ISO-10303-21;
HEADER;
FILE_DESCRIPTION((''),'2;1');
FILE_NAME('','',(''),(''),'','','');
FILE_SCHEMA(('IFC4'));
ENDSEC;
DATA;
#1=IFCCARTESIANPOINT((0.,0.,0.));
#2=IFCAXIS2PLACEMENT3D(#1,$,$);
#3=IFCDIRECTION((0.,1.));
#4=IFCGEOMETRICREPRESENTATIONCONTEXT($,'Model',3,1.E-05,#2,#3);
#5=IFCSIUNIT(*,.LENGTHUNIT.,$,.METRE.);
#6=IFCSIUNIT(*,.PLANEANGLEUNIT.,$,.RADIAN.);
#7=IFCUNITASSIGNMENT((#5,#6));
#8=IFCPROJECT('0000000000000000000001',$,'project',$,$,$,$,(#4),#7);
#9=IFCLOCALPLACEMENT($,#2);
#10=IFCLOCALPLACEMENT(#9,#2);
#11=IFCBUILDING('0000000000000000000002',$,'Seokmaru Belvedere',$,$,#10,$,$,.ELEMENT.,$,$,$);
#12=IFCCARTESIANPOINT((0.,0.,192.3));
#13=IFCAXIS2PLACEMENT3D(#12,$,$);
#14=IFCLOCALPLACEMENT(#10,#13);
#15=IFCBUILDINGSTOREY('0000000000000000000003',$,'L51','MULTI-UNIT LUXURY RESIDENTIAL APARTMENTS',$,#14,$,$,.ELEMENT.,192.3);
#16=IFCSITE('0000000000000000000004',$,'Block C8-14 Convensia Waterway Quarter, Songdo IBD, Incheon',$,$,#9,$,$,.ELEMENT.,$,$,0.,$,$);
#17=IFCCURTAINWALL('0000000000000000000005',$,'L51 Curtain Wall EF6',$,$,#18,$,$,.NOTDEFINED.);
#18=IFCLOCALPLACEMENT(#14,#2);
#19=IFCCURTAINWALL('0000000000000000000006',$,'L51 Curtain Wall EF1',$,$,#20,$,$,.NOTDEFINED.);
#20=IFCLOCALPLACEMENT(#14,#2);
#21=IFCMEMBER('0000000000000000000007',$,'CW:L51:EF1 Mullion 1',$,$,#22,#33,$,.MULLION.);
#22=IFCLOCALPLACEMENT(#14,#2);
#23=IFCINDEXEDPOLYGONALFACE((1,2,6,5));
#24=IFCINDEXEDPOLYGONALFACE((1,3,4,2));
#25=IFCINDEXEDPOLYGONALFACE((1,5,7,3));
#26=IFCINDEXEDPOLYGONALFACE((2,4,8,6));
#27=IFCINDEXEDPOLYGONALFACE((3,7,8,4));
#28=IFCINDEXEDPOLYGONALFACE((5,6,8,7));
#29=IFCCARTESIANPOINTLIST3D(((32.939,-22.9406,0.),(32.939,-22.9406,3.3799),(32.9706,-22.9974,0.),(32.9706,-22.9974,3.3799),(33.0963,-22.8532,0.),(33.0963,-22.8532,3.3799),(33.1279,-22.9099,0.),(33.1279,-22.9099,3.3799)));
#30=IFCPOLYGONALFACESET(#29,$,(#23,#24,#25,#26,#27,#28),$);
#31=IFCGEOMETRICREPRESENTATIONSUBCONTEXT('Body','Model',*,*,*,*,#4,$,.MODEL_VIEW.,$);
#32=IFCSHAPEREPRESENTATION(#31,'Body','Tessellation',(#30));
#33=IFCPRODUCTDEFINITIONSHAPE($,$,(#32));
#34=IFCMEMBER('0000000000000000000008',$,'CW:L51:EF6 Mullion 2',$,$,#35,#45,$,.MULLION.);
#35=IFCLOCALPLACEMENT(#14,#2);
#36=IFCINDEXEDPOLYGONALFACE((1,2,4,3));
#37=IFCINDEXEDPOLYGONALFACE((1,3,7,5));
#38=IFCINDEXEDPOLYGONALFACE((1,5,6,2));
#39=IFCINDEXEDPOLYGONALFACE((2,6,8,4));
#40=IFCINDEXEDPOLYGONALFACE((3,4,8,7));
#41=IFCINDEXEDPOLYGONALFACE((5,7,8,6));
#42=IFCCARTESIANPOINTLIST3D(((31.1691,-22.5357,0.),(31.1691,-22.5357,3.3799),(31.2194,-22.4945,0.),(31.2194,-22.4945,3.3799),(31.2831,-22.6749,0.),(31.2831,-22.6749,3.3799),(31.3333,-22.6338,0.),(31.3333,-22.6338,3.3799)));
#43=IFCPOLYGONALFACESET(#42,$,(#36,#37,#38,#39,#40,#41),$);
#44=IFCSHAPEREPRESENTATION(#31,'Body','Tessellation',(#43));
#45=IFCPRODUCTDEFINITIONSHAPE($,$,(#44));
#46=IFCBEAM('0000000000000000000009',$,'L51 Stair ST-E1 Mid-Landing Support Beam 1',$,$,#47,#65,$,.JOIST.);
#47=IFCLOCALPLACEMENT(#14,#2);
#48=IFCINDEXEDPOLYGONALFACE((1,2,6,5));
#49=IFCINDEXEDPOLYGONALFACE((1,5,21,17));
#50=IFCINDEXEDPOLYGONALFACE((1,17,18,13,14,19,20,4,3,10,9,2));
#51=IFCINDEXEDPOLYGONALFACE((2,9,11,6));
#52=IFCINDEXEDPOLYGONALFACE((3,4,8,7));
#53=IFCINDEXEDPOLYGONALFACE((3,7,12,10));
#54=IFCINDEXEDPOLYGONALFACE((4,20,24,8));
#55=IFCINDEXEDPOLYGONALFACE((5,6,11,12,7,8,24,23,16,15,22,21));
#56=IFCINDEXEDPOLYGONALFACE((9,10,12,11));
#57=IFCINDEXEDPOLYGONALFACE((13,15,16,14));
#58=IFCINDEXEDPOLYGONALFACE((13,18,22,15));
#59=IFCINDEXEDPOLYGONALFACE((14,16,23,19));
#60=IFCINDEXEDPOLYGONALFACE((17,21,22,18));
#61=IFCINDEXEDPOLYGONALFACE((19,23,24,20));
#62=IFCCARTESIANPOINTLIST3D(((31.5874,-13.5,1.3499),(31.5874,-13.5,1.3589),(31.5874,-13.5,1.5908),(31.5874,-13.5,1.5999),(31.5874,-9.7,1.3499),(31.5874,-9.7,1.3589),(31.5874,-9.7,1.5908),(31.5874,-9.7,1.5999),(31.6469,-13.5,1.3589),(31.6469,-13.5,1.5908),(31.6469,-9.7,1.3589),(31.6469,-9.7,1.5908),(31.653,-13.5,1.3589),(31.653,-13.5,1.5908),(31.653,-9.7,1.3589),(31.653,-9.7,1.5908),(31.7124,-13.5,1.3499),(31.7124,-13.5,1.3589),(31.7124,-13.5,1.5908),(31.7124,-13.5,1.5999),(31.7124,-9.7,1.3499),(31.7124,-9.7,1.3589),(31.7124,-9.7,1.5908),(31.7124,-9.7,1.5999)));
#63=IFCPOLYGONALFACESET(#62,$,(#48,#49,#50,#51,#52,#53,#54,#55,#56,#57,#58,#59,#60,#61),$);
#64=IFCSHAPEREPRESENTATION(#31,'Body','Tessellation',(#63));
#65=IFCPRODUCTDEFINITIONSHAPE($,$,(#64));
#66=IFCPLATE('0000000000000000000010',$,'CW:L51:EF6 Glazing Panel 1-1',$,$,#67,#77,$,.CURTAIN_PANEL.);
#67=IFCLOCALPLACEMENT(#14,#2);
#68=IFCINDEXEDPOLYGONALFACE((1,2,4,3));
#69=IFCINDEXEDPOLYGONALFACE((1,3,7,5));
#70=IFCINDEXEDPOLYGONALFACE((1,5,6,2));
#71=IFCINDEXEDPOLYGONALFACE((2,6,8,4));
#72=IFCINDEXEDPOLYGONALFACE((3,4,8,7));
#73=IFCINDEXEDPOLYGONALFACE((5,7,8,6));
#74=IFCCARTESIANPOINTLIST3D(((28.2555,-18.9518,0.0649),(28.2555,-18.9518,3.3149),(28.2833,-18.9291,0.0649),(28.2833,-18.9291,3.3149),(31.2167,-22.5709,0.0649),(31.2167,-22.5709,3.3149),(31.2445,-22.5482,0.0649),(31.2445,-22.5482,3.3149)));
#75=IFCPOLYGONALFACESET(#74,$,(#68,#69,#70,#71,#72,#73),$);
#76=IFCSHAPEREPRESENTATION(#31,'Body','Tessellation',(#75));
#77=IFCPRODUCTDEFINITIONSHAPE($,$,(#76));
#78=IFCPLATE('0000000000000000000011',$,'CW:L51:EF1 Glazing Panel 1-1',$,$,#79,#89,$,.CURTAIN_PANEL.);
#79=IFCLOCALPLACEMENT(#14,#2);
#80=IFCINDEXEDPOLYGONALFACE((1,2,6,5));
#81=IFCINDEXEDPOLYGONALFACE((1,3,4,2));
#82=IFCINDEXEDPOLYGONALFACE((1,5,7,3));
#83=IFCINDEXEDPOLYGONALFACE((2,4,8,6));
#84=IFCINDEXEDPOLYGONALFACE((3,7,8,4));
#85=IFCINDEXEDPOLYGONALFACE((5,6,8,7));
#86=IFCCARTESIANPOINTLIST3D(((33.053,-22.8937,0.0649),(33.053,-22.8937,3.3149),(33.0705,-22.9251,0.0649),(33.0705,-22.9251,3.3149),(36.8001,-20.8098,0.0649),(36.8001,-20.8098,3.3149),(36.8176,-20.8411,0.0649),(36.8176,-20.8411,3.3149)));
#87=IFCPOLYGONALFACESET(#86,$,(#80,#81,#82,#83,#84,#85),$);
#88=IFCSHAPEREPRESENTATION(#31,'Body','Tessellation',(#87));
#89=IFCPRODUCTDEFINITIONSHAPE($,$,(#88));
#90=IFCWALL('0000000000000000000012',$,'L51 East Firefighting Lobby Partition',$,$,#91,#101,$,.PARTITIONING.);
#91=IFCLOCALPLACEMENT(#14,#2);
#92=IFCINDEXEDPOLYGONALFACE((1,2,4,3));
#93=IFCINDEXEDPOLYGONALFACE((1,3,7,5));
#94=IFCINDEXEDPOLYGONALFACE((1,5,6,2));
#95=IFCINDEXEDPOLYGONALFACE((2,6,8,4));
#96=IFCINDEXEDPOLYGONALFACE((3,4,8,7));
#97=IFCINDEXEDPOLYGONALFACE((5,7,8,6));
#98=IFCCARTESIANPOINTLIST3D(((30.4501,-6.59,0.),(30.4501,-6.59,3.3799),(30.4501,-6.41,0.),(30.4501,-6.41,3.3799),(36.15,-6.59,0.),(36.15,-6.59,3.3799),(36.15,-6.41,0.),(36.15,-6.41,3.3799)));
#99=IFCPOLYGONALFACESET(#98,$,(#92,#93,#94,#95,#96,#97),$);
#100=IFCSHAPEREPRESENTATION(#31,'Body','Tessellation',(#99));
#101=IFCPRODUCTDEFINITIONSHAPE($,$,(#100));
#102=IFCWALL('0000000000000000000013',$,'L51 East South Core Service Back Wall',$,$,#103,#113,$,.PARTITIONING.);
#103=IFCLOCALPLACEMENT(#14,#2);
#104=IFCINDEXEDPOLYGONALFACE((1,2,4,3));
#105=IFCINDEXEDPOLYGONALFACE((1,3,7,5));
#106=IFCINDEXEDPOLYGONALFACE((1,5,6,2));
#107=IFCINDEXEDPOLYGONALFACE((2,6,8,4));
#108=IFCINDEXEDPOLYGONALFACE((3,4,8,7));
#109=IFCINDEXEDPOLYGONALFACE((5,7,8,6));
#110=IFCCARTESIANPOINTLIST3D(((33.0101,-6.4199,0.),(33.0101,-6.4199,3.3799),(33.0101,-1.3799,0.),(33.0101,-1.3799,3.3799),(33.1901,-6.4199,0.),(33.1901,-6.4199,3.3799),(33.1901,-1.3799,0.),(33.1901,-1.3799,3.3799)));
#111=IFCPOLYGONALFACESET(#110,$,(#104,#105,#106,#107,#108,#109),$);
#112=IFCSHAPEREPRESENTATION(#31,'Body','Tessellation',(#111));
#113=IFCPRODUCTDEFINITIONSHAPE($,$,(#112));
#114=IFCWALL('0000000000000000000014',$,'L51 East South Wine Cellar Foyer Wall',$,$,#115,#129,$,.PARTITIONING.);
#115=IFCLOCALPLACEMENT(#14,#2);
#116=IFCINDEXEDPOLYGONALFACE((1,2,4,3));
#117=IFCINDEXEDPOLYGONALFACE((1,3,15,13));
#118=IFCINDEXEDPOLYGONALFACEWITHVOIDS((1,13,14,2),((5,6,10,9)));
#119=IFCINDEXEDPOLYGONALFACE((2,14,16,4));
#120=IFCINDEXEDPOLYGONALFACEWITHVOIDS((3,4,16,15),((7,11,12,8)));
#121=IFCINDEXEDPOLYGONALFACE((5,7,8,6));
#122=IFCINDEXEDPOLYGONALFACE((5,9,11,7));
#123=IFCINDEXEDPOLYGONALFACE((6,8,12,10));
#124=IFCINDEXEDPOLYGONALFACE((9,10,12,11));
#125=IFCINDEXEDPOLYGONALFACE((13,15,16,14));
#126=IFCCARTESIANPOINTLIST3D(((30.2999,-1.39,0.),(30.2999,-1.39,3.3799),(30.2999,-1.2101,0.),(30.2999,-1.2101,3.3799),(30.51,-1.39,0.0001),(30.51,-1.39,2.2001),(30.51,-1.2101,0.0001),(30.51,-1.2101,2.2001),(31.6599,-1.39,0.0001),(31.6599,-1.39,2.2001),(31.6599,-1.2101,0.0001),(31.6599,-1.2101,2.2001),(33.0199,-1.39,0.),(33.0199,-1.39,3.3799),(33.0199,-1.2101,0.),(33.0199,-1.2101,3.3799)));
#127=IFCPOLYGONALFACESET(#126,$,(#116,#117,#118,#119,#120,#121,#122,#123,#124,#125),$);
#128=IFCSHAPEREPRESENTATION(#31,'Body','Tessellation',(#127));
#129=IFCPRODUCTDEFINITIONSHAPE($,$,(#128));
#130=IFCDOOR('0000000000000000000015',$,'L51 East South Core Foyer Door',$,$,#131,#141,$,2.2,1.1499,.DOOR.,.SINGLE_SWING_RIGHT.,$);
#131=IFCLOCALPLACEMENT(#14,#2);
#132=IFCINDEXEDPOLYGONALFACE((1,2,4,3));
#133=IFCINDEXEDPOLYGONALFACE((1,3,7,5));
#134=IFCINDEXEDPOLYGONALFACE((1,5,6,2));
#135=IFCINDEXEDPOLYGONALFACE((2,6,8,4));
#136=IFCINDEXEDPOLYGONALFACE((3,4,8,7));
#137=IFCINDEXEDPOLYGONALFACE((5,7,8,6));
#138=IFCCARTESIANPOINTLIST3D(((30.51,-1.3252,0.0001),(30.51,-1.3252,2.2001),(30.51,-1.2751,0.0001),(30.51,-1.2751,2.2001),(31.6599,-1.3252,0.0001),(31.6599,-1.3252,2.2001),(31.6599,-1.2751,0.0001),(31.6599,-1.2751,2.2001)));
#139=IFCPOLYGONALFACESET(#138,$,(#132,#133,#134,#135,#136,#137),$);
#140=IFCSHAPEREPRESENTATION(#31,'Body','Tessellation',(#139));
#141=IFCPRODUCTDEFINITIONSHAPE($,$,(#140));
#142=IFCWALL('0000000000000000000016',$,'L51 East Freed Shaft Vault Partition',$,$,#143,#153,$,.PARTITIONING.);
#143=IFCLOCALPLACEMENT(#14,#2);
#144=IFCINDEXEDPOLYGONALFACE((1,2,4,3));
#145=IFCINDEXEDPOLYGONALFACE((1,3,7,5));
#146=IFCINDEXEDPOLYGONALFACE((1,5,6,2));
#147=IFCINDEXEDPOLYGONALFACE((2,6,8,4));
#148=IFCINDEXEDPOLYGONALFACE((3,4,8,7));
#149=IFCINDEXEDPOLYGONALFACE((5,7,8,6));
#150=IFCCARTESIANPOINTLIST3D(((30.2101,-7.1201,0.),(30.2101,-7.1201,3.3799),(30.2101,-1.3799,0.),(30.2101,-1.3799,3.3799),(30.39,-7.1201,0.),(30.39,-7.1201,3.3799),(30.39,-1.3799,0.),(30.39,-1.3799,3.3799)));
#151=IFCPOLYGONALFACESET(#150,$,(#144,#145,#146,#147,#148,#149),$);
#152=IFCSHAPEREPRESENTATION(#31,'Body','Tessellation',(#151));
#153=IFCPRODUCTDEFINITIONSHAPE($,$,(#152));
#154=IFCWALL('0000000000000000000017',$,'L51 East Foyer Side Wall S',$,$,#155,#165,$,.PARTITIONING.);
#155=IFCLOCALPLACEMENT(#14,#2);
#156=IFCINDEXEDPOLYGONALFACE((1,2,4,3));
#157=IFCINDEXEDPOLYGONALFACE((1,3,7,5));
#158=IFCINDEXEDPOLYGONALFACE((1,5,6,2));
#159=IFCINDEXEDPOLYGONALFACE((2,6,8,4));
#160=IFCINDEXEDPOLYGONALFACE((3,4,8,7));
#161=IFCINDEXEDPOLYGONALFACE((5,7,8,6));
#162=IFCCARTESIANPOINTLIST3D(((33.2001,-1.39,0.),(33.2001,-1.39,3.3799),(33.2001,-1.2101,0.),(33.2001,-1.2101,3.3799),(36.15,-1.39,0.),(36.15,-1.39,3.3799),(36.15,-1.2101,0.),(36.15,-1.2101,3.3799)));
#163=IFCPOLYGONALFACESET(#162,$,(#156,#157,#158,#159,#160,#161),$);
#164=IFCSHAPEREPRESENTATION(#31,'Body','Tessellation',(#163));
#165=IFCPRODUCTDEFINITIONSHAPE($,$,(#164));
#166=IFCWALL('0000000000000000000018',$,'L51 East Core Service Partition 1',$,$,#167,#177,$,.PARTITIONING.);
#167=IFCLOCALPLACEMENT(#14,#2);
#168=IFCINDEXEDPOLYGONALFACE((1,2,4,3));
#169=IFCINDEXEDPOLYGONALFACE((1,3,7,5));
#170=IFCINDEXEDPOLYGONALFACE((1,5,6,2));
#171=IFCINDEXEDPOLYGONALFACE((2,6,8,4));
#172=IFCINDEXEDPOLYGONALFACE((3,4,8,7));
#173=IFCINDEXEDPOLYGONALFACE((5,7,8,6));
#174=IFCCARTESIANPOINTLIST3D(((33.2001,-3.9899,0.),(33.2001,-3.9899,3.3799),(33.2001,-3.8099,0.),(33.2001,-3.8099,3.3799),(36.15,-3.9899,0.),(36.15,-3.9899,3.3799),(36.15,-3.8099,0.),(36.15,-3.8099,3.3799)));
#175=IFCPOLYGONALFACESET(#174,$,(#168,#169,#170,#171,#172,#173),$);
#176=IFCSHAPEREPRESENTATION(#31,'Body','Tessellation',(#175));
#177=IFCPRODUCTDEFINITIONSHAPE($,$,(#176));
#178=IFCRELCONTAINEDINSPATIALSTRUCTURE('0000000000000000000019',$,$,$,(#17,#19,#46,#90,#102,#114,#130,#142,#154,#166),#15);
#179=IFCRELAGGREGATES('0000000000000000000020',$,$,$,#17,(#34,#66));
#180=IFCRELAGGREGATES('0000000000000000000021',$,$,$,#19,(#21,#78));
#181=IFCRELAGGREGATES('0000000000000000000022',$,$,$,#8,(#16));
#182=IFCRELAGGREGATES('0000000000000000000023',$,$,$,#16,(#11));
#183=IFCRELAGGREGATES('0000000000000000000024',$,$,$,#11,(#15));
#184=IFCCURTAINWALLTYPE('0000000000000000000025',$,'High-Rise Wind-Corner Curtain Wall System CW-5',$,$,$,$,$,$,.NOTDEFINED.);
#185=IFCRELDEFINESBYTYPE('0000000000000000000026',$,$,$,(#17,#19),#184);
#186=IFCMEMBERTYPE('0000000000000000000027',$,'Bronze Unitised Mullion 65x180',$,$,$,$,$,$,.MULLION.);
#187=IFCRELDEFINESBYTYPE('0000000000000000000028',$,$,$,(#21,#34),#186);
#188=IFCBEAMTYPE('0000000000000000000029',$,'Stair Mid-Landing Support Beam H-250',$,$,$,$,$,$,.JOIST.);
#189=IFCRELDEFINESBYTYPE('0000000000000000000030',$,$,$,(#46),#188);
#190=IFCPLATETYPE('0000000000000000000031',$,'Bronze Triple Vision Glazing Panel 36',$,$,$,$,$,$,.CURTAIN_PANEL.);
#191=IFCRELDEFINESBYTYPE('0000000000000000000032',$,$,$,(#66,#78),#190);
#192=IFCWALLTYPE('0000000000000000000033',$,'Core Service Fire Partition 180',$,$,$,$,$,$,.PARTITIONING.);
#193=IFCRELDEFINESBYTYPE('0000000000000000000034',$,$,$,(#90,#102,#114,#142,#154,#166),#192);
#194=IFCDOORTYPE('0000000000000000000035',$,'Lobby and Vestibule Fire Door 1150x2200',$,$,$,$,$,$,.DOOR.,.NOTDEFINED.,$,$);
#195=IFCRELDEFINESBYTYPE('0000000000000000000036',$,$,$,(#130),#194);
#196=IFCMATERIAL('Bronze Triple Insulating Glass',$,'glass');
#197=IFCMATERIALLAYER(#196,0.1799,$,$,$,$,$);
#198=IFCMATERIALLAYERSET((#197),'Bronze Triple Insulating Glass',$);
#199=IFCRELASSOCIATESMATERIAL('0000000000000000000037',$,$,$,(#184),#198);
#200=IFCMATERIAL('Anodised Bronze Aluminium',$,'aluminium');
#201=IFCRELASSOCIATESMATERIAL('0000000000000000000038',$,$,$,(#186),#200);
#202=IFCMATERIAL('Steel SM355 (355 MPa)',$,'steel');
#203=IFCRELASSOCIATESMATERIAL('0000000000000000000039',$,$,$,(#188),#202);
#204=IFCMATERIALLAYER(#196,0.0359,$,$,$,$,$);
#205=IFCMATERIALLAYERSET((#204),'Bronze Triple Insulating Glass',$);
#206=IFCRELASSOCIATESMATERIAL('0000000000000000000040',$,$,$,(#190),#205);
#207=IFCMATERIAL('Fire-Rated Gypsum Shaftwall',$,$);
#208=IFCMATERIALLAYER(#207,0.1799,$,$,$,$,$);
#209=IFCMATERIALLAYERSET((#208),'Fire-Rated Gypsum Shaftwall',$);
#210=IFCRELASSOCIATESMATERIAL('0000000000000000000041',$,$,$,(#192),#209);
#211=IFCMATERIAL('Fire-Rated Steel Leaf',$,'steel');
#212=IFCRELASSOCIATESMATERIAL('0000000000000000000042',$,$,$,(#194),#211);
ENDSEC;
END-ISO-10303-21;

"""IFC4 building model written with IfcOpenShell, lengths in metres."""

from ifc_helpers import new_model, si_unit, direction, frame, frame_2d, origin, origin_2d, place, context, subcontext, project, spatial, rectangle, i_section, extrude, source, transform, mapped, material, layer, layer_set, material_profile, profile_set, type_object, type_shapes, element, fill, aggregate, save


model = new_model("IFC4")

# Units and contexts
model_context = context("Model", 3, precision=1e-05, world=origin(), true_north=direction((0.0, 1.0)))
body_context = subcontext(model_context, "Body", "Model", "MODEL_VIEW")
ifc_project = project(units=[si_unit("LENGTHUNIT", "METRE"), si_unit("PLANEANGLEUNIT", "RADIAN")], contexts=[model_context])

# Site, building, storey
site_placement = place(None, origin())
site = spatial("IfcSite", under=ifc_project, at=site_placement, Name="Block C8-14 Convensia Waterway Quarter, Songdo IBD, Incheon", CompositionType="ELEMENT", RefElevation=0.0)
building_placement = place(site_placement, origin())
building = spatial("IfcBuilding", under=site, at=building_placement, Name="Seokmaru Belvedere", CompositionType="ELEMENT")
storey_placement = place(building_placement, frame((0.0, 0.0, 192.3)))
storey = spatial("IfcBuildingStorey", under=building, at=storey_placement, Name="L51", Description="MULTI-UNIT LUXURY RESIDENTIAL APARTMENTS", CompositionType="ELEMENT", Elevation=192.3)

# Shared definitions
ifc_material_1 = material(Name="Steel SM355 (355 MPa)", Category="steel")

# Curtain wall
ifc_material_2 = material(Name="Bronze Triple Insulating Glass", Category="glass")
ifc_layer_1 = layer(ifc_material_2, 0.1799)
ifc_layer_set_1 = layer_set([ifc_layer_1], Name="Bronze Triple Insulating Glass")
curtain_wall_type = type_object("IfcCurtainWallType", Name="High-Rise Wind-Corner Curtain Wall System CW-5", PredefinedType="NOTDEFINED", material=ifc_layer_set_1)
curtain_wall_1_placement = place(storey_placement, origin())
curtain_wall_1 = element("IfcCurtainWall", 1, at=curtain_wall_1_placement, inside=storey, type_object=curtain_wall_type, Name="L51 Curtain Wall EF6", PredefinedType="NOTDEFINED")
ifc_material_3 = material(Name="Anodised Bronze Aluminium", Category="aluminium")

# Curtain wall, member
curtain_wall_2_placement = place(storey_placement, origin())
curtain_wall_2 = element("IfcCurtainWall", 2, at=curtain_wall_2_placement, inside=storey, type_object=curtain_wall_type, Name="L51 Curtain Wall EF1", PredefinedType="NOTDEFINED")
ifc_material_profile_1 = material_profile(ifc_material_3, rectangle(XDim=0.0649, YDim=0.1799, at=origin_2d()), Name="CW-M-65x180")
ifc_profile_set_1 = profile_set([ifc_material_profile_1], Name="Anodised Bronze Aluminium")
member_type_1 = type_object("IfcMemberType", Name="Bronze Unitised Mullion 65x180", PredefinedType="MULLION", material=ifc_profile_set_1)
shared_shape_1 = source(origin(), body_context, "Body", "SweptSolid", [
    extrude(rectangle(XDim=0.0649, YDim=0.1799, at=origin_2d()), origin(), (0.0, 0.0, 1.0), 3.3799),
])
type_shapes(member_type_1, [shared_shape_1])
member_1_placement = place(storey_placement, frame((33.0334, -22.9253, 0.0), z_axis=(0.0, 0.0, 1.0), x_axis=(-0.486047, 0.873933, 0.0)))
member_1 = element("IfcMember", 3, at=member_1_placement, type_object=member_type_1, Name="CW:L51:EF1 Mullion 1", PredefinedType="MULLION", context=body_context, shape_type="MappedRepresentation", body=[
    mapped(shared_shape_1, transform((0.0, 0.0, 0.0), scale=1.0)),
])

# Member
member_2_placement = place(storey_placement, frame((31.2512, -22.5847, 0.0), z_axis=(0.0, 0.0, 1.0), x_axis=(0.773944, 0.633254, 0.0)))
member_2 = element("IfcMember", 4, at=member_2_placement, type_object=member_type_1, Name="CW:L51:EF6 Mullion 2", PredefinedType="MULLION", context=body_context, shape_type="MappedRepresentation", body=[
    mapped(shared_shape_1, transform((0.0, 0.0, 0.0), scale=1.0)),
])

# Beam
ifc_material_profile_2 = material_profile(ifc_material_1, i_section(OverallWidth=0.125, OverallDepth=0.25, WebThickness=0.0061, FlangeThickness=0.009, at=origin_2d()), Name="H-250x125x6x9")
ifc_profile_set_2 = profile_set([ifc_material_profile_2], Name="Steel SM355 (355 MPa)")
beam_type_1 = type_object("IfcBeamType", Name="Stair Mid-Landing Support Beam H-250", PredefinedType="JOIST", material=ifc_profile_set_2)
shared_shape_2 = source(origin(), body_context, "Body", "SweptSolid", [
    extrude(i_section(OverallWidth=0.125, OverallDepth=0.25, WebThickness=0.0061, FlangeThickness=0.009, at=origin_2d()), origin(), (0.0, 0.0, 1.0), 3.8),
])
type_shapes(beam_type_1, [shared_shape_2])
beam_1_placement = place(storey_placement, frame((31.6499, -13.5, 1.4749), z_axis=(0.0, 1.0, 0.0), x_axis=(-1.0, 0.0, 0.0)))
element("IfcBeam", 5, at=beam_1_placement, inside=storey, type_object=beam_type_1, Name="L51 Stair ST-E1 Mid-Landing Support Beam 1", PredefinedType="JOIST", context=body_context, shape_type="MappedRepresentation", body=[
    mapped(shared_shape_2, transform((0.0, 0.0, 0.0), scale=1.0)),
])

# Plates
ifc_layer_2 = layer(ifc_material_2, 0.0359)
ifc_layer_set_2 = layer_set([ifc_layer_2], Name="Bronze Triple Insulating Glass")
plate_type = type_object("IfcPlateType", Name="Bronze Triple Vision Glazing Panel 36", PredefinedType="CURTAIN_PANEL", material=ifc_layer_set_2)
shared_shape_3 = source(origin(), body_context, "Body", "SweptSolid", [
    extrude(rectangle(XDim=4.6763, YDim=0.0359, at=origin_2d()), origin(), (0.0, 0.0, 1.0), 3.25),
])
plate_1_placement = place(storey_placement, frame((29.75, -20.75, 0.0649), z_axis=(0.0, 0.0, 1.0), x_axis=(0.633254, -0.773944, 0.0)))
plate_1 = element("IfcPlate", 6, at=plate_1_placement, type_object=plate_type, Name="CW:L51:EF6 Glazing Panel 1-1", PredefinedType="CURTAIN_PANEL", context=body_context, shape_type="MappedRepresentation", body=[
    mapped(shared_shape_3, transform((0.0, 0.0, 0.0), scale=1.0)),
])
aggregate(curtain_wall_1, [member_2, plate_1])
shared_shape_4 = source(origin(), body_context, "Body", "SweptSolid", [
    extrude(rectangle(XDim=4.2876, YDim=0.0359, at=origin_2d()), origin(), (0.0, 0.0, 1.0), 3.25),
])
type_shapes(plate_type, [shared_shape_3, shared_shape_4])
plate_2_placement = place(storey_placement, frame((34.9353, -21.8674, 0.0649), z_axis=(0.0, 0.0, 1.0), x_axis=(0.873933, 0.486047, 0.0)))
plate_2 = element("IfcPlate", 7, at=plate_2_placement, type_object=plate_type, Name="CW:L51:EF1 Glazing Panel 1-1", PredefinedType="CURTAIN_PANEL", context=body_context, shape_type="MappedRepresentation", body=[
    mapped(shared_shape_4, transform((0.0, 0.0, 0.0), scale=1.0)),
])
aggregate(curtain_wall_2, [member_1, plate_2])

# Walls
ifc_material_4 = material(Name="Fire-Rated Gypsum Shaftwall")
ifc_layer_3 = layer(ifc_material_4, 0.1799)
ifc_layer_set_3 = layer_set([ifc_layer_3], Name="Fire-Rated Gypsum Shaftwall")
wall_type_1 = type_object("IfcWallType", Name="Core Service Fire Partition 180", PredefinedType="PARTITIONING", material=ifc_layer_set_3)
wall_1_placement = place(storey_placement, frame((30.45, -6.5, 0.0), z_axis=(0.0, 0.0, 1.0), x_axis=(1.0, 0.0, 0.0)))
element("IfcWall", 8, at=wall_1_placement, inside=storey, type_object=wall_type_1, Name="L51 East Firefighting Lobby Partition", PredefinedType="PARTITIONING", context=body_context, shape_type="SweptSolid", body=[
    extrude(rectangle(XDim=5.7, YDim=0.1799, at=frame_2d((2.8501, 0.0))), origin(), (0.0, 0.0, 1.0), 3.3799),
])
wall_2_placement = place(storey_placement, frame((33.1001, -6.4199, 0.0), z_axis=(0.0, 0.0, 1.0), x_axis=(0.0, 1.0, 0.0)))
element("IfcWall", 9, at=wall_2_placement, inside=storey, type_object=wall_type_1, Name="L51 East South Core Service Back Wall", PredefinedType="PARTITIONING", context=body_context, shape_type="SweptSolid", body=[
    extrude(rectangle(XDim=5.04, YDim=0.1799, at=frame_2d((2.52, 0.0))), origin(), (0.0, 0.0, 1.0), 3.3799),
])

# Wall, opening, door
wall_3_placement = place(storey_placement, frame((30.3, -1.3, 0.0), z_axis=(0.0, 0.0, 1.0), x_axis=(1.0, 0.0, 0.0)))
wall_3 = element("IfcWall", 10, at=wall_3_placement, inside=storey, type_object=wall_type_1, Name="L51 East South Wine Cellar Foyer Wall", PredefinedType="PARTITIONING", context=body_context, shape_type="SweptSolid", body=[
    extrude(rectangle(XDim=2.72, YDim=0.1799, at=frame_2d((1.3599, 0.0))), origin(), (0.0, 0.0, 1.0), 3.3799),
])
opening_1_placement = place(wall_3_placement, frame((0.21, 0.0, 0.0)))
opening_1 = element("IfcOpeningElement", 11, at=opening_1_placement, cuts=wall_3, PredefinedType="OPENING", context=body_context, shape_type="SweptSolid", body=[
    extrude(rectangle(XDim=1.1499, YDim=2.2, at=frame_2d((0.575, 1.1001))), frame((0.0, 0.1001, 0.0), z_axis=(0.0, -1.0, 0.0), x_axis=(1.0, 0.0, 0.0)), (0.0, 0.0, 1.0), 0.2),
])
ifc_material_5 = material(Name="Fire-Rated Steel Leaf", Category="steel")
door_type_1 = type_object("IfcDoorType", Name="Lobby and Vestibule Fire Door 1150x2200", OperationType="NOTDEFINED", PredefinedType="DOOR", material=ifc_material_5)
shared_shape_5 = source(origin(), body_context, "Body", "SweptSolid", [
    extrude(rectangle(XDim=1.1499, YDim=2.2, at=frame_2d((0.575, 1.1001))), frame((0.0, 0.0249, 0.0), z_axis=(0.0, -1.0, 0.0), x_axis=(1.0, 0.0, 0.0)), (0.0, 0.0, 1.0), 0.05),
])
type_shapes(door_type_1, [shared_shape_5])
door_1_placement = place(opening_1_placement, origin())
door_1 = element("IfcDoor", 12, at=door_1_placement, inside=storey, type_object=door_type_1, Name="L51 East South Core Foyer Door", OperationType="SINGLE_SWING_RIGHT", OverallHeight=2.2, OverallWidth=1.1499, PredefinedType="DOOR", context=body_context, shape_type="MappedRepresentation", body=[
    mapped(shared_shape_5, transform((0.0, 0.0, 0.0), scale=1.0)),
])
fill(opening_1, door_1)

# Walls
wall_4_placement = place(storey_placement, frame((30.3, -7.1201, 0.0), z_axis=(0.0, 0.0, 1.0), x_axis=(0.0, 1.0, 0.0)))
element("IfcWall", 13, at=wall_4_placement, inside=storey, type_object=wall_type_1, Name="L51 East Freed Shaft Vault Partition", PredefinedType="PARTITIONING", context=body_context, shape_type="SweptSolid", body=[
    extrude(rectangle(XDim=5.7402, YDim=0.1799, at=frame_2d((2.8701, 0.0))), origin(), (0.0, 0.0, 1.0), 3.3799),
])
for number, where, z_axis, x_axis, name in (
    (14, (33.2, -1.3, 0.0), (0.0, 0.0, 1.0), (1.0, 0.0, 0.0), "L51 East Foyer Side Wall S"),
    (15, (33.2, -3.8999, 0.0), (0.0, 0.0, 1.0), (1.0, 0.0, 0.0), "L51 East Core Service Partition 1"),
):
    element("IfcWall", number, at=place(storey_placement, frame(where, z_axis=z_axis, x_axis=x_axis)), inside=storey, type_object=wall_type_1, Name=name, PredefinedType="PARTITIONING", context=body_context, shape_type="SweptSolid", body=[
        extrude(rectangle(XDim=2.95, YDim=0.1799, at=frame_2d((1.4751, 0.0))), origin(), (0.0, 0.0, 1.0), 3.3799),
    ])

save(model, "model.ifc")
